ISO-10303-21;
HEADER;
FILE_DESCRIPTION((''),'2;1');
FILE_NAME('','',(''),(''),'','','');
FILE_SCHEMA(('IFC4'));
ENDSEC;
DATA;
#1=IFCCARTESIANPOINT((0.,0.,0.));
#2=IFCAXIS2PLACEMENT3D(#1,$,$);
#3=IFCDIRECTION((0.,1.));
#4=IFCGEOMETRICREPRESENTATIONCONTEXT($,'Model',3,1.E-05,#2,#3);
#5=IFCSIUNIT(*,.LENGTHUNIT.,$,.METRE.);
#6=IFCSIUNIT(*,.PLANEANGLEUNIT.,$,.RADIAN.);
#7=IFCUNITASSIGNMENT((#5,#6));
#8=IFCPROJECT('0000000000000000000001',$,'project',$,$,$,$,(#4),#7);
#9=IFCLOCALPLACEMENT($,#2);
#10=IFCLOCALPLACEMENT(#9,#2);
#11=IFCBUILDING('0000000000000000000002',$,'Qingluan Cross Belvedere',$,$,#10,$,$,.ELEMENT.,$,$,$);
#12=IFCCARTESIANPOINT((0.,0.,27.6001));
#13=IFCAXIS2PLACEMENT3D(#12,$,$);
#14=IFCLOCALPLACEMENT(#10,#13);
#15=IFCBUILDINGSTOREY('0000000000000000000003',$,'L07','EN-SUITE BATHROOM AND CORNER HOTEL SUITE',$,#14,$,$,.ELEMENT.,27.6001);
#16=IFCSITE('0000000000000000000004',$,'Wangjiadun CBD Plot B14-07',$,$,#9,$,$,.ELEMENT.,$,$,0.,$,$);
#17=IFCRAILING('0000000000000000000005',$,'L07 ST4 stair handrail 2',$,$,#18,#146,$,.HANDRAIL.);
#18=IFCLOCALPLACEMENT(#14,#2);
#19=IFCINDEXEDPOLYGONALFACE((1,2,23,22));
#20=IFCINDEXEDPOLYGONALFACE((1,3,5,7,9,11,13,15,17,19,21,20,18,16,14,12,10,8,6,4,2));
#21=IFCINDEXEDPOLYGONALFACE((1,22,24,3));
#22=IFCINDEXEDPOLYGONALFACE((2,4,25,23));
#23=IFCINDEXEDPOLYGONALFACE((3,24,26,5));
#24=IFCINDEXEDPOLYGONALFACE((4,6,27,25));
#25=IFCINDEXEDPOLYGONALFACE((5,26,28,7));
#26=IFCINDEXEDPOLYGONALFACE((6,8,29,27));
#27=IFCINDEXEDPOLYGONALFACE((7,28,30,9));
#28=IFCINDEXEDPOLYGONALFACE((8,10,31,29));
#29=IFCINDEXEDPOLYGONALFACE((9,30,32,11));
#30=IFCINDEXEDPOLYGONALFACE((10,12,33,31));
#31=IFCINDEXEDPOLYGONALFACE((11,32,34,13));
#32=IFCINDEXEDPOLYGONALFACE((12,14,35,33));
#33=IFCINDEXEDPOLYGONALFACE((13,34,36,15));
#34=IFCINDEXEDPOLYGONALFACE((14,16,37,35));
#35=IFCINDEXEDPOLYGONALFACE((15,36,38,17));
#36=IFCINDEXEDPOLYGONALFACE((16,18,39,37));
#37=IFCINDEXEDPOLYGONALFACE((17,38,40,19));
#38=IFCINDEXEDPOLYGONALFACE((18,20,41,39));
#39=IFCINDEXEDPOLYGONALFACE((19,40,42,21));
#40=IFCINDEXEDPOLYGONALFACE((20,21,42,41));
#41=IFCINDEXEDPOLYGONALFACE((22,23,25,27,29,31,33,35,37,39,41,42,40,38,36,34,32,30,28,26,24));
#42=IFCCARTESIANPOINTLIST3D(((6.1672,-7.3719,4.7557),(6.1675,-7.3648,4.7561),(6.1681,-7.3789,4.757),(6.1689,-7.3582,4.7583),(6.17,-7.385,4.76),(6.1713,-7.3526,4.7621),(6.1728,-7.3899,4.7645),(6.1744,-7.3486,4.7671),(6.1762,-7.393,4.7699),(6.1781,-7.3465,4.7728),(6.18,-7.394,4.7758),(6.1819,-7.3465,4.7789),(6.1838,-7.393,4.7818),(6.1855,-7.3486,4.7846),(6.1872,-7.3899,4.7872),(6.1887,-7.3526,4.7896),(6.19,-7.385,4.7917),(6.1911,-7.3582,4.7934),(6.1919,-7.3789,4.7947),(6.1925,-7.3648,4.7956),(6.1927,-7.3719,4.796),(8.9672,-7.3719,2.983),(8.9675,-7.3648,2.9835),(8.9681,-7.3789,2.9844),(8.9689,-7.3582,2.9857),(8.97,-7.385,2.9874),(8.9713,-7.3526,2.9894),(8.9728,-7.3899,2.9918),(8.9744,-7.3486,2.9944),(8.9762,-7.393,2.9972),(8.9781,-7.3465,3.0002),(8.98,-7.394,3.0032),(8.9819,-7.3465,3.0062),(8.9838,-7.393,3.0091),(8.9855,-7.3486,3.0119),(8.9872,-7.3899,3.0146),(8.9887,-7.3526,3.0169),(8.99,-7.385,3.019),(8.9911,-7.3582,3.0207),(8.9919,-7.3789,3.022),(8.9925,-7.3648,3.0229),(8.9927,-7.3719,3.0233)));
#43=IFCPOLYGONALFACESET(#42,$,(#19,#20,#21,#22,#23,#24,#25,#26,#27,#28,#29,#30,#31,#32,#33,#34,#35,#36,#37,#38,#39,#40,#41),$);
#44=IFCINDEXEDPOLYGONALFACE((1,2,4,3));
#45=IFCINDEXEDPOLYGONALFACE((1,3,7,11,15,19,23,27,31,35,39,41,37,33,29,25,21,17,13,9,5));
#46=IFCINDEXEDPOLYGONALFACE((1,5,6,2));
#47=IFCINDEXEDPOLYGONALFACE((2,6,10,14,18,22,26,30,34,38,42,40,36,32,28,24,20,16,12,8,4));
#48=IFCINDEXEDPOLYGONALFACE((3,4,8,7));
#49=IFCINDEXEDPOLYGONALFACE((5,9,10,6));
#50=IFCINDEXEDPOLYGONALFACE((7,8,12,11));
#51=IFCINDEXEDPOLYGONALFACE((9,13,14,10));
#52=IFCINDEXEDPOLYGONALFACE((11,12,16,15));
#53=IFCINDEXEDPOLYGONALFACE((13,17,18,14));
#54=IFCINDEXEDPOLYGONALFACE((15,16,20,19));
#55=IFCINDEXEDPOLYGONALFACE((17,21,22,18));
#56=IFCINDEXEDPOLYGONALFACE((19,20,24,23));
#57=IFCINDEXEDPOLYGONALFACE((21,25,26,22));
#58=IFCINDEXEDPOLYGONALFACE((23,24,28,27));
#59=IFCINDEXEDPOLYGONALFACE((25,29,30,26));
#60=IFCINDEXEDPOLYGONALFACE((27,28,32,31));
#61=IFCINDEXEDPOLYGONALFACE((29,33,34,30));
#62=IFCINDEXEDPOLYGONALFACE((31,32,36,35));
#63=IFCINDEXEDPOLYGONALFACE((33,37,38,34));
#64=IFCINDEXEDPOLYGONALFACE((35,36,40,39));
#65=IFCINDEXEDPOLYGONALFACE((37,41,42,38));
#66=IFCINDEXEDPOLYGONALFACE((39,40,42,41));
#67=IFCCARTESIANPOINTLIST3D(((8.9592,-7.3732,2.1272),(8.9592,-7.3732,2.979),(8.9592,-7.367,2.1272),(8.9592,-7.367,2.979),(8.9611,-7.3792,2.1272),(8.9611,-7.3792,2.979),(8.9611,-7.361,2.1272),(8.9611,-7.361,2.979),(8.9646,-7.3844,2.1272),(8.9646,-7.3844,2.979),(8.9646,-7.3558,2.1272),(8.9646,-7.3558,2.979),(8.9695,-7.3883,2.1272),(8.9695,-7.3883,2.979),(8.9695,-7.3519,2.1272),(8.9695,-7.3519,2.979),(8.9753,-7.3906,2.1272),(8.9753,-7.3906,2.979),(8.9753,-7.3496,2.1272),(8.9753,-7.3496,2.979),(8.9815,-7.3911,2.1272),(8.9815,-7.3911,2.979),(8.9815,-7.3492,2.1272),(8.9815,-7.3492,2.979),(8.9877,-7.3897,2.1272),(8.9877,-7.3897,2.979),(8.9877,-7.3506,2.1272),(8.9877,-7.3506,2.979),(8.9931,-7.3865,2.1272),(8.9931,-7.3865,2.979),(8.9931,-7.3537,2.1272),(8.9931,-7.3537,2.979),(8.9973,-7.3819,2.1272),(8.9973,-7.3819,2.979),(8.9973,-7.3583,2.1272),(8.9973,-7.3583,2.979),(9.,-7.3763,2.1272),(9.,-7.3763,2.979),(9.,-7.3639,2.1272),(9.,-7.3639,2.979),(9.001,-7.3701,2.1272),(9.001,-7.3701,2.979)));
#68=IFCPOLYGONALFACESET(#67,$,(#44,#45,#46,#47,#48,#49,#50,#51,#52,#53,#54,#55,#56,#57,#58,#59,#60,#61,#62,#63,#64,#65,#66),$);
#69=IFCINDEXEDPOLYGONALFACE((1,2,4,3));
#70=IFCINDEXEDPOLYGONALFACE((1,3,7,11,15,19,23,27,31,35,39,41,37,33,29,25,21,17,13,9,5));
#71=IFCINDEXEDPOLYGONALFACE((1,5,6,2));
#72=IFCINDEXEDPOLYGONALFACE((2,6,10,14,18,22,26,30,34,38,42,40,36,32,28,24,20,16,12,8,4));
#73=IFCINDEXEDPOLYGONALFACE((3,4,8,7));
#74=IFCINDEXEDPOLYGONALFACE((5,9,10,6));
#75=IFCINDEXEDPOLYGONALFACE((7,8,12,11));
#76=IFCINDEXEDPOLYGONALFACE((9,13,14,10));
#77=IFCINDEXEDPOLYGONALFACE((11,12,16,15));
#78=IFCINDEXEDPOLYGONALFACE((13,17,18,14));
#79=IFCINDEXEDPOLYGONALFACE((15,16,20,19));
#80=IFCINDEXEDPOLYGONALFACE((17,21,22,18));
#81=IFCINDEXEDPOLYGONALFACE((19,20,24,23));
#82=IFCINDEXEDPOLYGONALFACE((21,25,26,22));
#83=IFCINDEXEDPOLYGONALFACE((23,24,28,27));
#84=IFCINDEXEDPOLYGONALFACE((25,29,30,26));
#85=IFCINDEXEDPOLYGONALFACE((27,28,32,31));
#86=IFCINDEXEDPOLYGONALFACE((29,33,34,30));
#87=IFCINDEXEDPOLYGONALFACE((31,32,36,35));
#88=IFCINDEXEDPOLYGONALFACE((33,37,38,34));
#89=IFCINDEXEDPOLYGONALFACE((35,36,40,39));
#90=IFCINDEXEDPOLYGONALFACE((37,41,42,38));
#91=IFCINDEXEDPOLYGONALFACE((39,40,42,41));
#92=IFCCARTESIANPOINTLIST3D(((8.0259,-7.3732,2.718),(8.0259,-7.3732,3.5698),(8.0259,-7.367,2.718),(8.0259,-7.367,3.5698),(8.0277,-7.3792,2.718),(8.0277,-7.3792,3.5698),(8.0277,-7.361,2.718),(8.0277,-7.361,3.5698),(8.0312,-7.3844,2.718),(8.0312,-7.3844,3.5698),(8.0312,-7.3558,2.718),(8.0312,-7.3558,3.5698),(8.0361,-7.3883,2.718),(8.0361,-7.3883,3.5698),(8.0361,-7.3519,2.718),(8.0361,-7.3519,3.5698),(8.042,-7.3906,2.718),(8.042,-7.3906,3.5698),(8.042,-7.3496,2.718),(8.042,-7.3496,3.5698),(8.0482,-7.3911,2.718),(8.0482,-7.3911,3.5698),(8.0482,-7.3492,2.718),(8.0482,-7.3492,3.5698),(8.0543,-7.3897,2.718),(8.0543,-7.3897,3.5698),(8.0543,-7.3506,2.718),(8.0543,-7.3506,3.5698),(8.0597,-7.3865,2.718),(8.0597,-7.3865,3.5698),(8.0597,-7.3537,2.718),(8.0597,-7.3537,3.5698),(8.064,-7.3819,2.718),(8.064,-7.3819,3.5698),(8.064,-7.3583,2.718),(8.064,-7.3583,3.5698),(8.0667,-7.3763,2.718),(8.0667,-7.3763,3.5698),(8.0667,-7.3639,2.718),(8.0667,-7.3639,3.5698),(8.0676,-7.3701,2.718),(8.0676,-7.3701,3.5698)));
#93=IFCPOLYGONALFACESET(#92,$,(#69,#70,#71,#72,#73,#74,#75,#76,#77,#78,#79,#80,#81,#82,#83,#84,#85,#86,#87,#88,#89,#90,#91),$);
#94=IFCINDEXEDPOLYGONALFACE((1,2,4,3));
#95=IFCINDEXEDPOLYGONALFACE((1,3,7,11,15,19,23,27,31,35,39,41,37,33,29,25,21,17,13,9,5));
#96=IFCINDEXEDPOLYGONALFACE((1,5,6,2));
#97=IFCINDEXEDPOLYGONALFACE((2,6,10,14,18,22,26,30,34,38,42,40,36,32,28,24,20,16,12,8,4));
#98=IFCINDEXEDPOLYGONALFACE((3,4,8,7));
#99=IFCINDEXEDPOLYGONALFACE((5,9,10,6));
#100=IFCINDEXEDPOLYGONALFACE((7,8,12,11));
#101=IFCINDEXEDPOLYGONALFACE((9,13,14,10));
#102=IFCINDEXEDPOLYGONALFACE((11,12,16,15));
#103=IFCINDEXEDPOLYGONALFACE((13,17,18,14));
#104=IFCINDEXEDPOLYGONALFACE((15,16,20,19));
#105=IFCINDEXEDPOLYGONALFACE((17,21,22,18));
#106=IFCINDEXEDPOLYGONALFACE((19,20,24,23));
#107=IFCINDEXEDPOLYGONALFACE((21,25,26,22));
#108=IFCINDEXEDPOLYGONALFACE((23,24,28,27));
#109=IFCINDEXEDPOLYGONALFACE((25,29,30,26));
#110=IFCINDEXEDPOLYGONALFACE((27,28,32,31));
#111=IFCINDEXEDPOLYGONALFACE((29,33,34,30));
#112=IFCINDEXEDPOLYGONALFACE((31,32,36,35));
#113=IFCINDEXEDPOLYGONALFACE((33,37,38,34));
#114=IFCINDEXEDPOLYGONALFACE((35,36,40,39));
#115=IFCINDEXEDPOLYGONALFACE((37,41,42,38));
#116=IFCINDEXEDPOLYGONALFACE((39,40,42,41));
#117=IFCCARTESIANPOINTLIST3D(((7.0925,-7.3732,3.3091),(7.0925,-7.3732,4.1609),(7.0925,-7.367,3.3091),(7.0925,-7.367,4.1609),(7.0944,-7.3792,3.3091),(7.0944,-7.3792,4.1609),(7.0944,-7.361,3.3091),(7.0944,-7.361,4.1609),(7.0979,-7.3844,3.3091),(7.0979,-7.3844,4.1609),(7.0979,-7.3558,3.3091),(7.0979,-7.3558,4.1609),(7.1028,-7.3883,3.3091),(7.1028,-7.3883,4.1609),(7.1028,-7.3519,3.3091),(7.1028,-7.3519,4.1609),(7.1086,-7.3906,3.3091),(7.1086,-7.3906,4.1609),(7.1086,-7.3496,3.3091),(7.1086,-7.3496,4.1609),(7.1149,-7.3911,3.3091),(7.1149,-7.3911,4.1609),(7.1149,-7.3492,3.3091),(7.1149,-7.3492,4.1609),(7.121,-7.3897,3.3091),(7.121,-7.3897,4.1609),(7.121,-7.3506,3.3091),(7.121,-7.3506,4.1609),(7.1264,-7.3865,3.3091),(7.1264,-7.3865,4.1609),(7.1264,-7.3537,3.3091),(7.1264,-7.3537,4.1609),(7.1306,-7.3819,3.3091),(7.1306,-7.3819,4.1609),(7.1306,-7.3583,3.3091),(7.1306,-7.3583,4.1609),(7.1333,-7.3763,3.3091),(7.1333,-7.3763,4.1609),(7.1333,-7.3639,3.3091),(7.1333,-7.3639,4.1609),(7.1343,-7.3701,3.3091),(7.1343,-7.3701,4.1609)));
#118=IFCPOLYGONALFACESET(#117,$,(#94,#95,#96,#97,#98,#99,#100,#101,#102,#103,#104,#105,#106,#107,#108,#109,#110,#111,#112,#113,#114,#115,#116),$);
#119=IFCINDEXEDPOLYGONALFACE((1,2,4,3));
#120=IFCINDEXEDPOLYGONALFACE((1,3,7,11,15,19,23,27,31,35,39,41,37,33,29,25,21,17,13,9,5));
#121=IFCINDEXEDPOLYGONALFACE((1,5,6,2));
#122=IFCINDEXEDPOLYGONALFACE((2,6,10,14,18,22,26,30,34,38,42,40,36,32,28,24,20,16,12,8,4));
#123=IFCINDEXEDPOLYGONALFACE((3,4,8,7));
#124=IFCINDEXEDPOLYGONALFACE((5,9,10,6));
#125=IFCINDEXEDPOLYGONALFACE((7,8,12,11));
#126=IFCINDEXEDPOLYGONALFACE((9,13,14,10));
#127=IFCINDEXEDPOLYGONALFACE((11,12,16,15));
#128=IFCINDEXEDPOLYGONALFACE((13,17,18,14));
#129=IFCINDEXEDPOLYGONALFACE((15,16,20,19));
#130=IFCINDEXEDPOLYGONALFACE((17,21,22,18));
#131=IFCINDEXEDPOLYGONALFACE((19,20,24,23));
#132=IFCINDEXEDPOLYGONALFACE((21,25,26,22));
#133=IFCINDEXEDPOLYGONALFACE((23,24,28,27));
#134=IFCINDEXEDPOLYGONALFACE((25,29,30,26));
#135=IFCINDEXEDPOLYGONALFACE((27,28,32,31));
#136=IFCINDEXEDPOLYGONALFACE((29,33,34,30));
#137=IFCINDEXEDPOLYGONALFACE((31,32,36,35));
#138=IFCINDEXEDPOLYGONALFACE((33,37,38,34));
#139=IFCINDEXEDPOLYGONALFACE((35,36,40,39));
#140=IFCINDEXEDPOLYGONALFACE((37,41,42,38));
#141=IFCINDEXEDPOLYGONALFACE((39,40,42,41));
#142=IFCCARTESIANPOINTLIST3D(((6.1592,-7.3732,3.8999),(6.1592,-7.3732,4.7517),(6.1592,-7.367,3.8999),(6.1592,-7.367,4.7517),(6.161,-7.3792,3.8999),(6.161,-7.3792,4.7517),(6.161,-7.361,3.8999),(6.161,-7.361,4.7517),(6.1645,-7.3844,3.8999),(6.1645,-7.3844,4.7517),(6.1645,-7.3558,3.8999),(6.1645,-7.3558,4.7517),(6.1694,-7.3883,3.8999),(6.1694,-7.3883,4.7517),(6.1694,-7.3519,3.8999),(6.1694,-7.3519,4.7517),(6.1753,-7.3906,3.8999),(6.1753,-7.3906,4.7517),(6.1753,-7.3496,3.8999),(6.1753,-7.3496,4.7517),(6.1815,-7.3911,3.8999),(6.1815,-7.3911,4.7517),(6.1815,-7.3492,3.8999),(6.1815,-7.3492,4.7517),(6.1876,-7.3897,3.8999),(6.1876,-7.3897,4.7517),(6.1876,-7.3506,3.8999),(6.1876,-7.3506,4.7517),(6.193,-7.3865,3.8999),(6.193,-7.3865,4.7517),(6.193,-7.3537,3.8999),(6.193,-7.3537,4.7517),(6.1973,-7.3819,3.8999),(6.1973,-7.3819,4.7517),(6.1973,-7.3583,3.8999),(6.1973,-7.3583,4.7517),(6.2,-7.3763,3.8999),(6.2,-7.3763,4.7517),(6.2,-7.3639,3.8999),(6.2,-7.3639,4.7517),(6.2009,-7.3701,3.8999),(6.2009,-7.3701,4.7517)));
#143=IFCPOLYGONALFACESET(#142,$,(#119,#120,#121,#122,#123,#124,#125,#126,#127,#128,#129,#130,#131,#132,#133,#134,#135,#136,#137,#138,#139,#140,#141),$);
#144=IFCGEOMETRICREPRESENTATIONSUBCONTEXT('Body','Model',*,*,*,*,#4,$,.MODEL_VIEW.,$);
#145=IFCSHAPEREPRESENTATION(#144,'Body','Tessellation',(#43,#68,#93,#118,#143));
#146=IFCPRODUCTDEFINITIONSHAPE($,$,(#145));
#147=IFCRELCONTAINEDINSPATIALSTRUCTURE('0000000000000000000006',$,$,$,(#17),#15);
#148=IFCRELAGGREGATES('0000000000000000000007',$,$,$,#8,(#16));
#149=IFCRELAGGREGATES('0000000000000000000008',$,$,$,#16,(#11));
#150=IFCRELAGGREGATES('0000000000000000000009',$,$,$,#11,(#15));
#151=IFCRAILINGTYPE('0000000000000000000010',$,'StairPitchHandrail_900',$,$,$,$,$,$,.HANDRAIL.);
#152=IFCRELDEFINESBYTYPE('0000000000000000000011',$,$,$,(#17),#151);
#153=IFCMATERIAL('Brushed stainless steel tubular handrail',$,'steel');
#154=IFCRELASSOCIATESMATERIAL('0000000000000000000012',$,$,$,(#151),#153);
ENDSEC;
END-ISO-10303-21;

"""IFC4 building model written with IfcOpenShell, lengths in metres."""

from ifc_helpers import new_model, si_unit, direction, frame, origin, origin_2d, place, context, subcontext, project, spatial, circle, extrude, material, type_object, element, save


model = new_model("IFC4")

# Units and contexts
model_context = context("Model", 3, precision=1e-05, world=origin(), true_north=direction((0.0, 1.0)))
body_context = subcontext(model_context, "Body", "Model", "MODEL_VIEW")
ifc_project = project(units=[si_unit("LENGTHUNIT", "METRE"), si_unit("PLANEANGLEUNIT", "RADIAN")], contexts=[model_context])

# Site, building, storey
site_placement = place(None, origin())
site = spatial("IfcSite", under=ifc_project, at=site_placement, Name="Wangjiadun CBD Plot B14-07", CompositionType="ELEMENT", RefElevation=0.0)
building_placement = place(site_placement, origin())
building = spatial("IfcBuilding", under=site, at=building_placement, Name="Qingluan Cross Belvedere", CompositionType="ELEMENT")
storey_placement = place(building_placement, frame((0.0, 0.0, 27.6001)))
storey = spatial("IfcBuildingStorey", under=building, at=storey_placement, Name="L07", Description="EN-SUITE BATHROOM AND CORNER HOTEL SUITE", CompositionType="ELEMENT", Elevation=27.6001)

# Railing
ifc_material_1 = material(Name="Brushed stainless steel tubular handrail", Category="steel")
railing_type_1 = type_object("IfcRailingType", Name="StairPitchHandrail_900", PredefinedType="HANDRAIL", material=ifc_material_1)
for number, where, name in (
    (1, (8.98, -7.3701, 2.1272), "L07 ST4 stair handrail 2"),
):
    element("IfcRailing", number, at=place(storey_placement, frame(where)), inside=storey, type_object=railing_type_1, Name=name, PredefinedType="HANDRAIL", context=body_context, shape_type="SweptSolid", body=[
        extrude(circle(Radius=0.0239, at=origin_2d()), frame((0.0, 0.0, 0.876), z_axis=(-0.844909, 0.0, 0.53491), x_axis=(0.0, -1.0, 0.0)), (0.0, 0.0, 1.0), 3.314),
        extrude(circle(Radius=0.021, at=origin_2d()), origin(), (0.0, 0.0, 1.0), 0.8518),
        extrude(circle(Radius=0.021, at=origin_2d()), frame((-0.9333, 0.0, 0.5908)), (0.0, 0.0, 1.0), 0.8518),
        extrude(circle(Radius=0.021, at=origin_2d()), frame((-1.8667, 0.0, 1.1819)), (0.0, 0.0, 1.0), 0.8518),
        extrude(circle(Radius=0.021, at=origin_2d()), frame((-2.8, 0.0, 1.7727)), (0.0, 0.0, 1.0), 0.8518),
    ])

save(model, "model.ifc")
